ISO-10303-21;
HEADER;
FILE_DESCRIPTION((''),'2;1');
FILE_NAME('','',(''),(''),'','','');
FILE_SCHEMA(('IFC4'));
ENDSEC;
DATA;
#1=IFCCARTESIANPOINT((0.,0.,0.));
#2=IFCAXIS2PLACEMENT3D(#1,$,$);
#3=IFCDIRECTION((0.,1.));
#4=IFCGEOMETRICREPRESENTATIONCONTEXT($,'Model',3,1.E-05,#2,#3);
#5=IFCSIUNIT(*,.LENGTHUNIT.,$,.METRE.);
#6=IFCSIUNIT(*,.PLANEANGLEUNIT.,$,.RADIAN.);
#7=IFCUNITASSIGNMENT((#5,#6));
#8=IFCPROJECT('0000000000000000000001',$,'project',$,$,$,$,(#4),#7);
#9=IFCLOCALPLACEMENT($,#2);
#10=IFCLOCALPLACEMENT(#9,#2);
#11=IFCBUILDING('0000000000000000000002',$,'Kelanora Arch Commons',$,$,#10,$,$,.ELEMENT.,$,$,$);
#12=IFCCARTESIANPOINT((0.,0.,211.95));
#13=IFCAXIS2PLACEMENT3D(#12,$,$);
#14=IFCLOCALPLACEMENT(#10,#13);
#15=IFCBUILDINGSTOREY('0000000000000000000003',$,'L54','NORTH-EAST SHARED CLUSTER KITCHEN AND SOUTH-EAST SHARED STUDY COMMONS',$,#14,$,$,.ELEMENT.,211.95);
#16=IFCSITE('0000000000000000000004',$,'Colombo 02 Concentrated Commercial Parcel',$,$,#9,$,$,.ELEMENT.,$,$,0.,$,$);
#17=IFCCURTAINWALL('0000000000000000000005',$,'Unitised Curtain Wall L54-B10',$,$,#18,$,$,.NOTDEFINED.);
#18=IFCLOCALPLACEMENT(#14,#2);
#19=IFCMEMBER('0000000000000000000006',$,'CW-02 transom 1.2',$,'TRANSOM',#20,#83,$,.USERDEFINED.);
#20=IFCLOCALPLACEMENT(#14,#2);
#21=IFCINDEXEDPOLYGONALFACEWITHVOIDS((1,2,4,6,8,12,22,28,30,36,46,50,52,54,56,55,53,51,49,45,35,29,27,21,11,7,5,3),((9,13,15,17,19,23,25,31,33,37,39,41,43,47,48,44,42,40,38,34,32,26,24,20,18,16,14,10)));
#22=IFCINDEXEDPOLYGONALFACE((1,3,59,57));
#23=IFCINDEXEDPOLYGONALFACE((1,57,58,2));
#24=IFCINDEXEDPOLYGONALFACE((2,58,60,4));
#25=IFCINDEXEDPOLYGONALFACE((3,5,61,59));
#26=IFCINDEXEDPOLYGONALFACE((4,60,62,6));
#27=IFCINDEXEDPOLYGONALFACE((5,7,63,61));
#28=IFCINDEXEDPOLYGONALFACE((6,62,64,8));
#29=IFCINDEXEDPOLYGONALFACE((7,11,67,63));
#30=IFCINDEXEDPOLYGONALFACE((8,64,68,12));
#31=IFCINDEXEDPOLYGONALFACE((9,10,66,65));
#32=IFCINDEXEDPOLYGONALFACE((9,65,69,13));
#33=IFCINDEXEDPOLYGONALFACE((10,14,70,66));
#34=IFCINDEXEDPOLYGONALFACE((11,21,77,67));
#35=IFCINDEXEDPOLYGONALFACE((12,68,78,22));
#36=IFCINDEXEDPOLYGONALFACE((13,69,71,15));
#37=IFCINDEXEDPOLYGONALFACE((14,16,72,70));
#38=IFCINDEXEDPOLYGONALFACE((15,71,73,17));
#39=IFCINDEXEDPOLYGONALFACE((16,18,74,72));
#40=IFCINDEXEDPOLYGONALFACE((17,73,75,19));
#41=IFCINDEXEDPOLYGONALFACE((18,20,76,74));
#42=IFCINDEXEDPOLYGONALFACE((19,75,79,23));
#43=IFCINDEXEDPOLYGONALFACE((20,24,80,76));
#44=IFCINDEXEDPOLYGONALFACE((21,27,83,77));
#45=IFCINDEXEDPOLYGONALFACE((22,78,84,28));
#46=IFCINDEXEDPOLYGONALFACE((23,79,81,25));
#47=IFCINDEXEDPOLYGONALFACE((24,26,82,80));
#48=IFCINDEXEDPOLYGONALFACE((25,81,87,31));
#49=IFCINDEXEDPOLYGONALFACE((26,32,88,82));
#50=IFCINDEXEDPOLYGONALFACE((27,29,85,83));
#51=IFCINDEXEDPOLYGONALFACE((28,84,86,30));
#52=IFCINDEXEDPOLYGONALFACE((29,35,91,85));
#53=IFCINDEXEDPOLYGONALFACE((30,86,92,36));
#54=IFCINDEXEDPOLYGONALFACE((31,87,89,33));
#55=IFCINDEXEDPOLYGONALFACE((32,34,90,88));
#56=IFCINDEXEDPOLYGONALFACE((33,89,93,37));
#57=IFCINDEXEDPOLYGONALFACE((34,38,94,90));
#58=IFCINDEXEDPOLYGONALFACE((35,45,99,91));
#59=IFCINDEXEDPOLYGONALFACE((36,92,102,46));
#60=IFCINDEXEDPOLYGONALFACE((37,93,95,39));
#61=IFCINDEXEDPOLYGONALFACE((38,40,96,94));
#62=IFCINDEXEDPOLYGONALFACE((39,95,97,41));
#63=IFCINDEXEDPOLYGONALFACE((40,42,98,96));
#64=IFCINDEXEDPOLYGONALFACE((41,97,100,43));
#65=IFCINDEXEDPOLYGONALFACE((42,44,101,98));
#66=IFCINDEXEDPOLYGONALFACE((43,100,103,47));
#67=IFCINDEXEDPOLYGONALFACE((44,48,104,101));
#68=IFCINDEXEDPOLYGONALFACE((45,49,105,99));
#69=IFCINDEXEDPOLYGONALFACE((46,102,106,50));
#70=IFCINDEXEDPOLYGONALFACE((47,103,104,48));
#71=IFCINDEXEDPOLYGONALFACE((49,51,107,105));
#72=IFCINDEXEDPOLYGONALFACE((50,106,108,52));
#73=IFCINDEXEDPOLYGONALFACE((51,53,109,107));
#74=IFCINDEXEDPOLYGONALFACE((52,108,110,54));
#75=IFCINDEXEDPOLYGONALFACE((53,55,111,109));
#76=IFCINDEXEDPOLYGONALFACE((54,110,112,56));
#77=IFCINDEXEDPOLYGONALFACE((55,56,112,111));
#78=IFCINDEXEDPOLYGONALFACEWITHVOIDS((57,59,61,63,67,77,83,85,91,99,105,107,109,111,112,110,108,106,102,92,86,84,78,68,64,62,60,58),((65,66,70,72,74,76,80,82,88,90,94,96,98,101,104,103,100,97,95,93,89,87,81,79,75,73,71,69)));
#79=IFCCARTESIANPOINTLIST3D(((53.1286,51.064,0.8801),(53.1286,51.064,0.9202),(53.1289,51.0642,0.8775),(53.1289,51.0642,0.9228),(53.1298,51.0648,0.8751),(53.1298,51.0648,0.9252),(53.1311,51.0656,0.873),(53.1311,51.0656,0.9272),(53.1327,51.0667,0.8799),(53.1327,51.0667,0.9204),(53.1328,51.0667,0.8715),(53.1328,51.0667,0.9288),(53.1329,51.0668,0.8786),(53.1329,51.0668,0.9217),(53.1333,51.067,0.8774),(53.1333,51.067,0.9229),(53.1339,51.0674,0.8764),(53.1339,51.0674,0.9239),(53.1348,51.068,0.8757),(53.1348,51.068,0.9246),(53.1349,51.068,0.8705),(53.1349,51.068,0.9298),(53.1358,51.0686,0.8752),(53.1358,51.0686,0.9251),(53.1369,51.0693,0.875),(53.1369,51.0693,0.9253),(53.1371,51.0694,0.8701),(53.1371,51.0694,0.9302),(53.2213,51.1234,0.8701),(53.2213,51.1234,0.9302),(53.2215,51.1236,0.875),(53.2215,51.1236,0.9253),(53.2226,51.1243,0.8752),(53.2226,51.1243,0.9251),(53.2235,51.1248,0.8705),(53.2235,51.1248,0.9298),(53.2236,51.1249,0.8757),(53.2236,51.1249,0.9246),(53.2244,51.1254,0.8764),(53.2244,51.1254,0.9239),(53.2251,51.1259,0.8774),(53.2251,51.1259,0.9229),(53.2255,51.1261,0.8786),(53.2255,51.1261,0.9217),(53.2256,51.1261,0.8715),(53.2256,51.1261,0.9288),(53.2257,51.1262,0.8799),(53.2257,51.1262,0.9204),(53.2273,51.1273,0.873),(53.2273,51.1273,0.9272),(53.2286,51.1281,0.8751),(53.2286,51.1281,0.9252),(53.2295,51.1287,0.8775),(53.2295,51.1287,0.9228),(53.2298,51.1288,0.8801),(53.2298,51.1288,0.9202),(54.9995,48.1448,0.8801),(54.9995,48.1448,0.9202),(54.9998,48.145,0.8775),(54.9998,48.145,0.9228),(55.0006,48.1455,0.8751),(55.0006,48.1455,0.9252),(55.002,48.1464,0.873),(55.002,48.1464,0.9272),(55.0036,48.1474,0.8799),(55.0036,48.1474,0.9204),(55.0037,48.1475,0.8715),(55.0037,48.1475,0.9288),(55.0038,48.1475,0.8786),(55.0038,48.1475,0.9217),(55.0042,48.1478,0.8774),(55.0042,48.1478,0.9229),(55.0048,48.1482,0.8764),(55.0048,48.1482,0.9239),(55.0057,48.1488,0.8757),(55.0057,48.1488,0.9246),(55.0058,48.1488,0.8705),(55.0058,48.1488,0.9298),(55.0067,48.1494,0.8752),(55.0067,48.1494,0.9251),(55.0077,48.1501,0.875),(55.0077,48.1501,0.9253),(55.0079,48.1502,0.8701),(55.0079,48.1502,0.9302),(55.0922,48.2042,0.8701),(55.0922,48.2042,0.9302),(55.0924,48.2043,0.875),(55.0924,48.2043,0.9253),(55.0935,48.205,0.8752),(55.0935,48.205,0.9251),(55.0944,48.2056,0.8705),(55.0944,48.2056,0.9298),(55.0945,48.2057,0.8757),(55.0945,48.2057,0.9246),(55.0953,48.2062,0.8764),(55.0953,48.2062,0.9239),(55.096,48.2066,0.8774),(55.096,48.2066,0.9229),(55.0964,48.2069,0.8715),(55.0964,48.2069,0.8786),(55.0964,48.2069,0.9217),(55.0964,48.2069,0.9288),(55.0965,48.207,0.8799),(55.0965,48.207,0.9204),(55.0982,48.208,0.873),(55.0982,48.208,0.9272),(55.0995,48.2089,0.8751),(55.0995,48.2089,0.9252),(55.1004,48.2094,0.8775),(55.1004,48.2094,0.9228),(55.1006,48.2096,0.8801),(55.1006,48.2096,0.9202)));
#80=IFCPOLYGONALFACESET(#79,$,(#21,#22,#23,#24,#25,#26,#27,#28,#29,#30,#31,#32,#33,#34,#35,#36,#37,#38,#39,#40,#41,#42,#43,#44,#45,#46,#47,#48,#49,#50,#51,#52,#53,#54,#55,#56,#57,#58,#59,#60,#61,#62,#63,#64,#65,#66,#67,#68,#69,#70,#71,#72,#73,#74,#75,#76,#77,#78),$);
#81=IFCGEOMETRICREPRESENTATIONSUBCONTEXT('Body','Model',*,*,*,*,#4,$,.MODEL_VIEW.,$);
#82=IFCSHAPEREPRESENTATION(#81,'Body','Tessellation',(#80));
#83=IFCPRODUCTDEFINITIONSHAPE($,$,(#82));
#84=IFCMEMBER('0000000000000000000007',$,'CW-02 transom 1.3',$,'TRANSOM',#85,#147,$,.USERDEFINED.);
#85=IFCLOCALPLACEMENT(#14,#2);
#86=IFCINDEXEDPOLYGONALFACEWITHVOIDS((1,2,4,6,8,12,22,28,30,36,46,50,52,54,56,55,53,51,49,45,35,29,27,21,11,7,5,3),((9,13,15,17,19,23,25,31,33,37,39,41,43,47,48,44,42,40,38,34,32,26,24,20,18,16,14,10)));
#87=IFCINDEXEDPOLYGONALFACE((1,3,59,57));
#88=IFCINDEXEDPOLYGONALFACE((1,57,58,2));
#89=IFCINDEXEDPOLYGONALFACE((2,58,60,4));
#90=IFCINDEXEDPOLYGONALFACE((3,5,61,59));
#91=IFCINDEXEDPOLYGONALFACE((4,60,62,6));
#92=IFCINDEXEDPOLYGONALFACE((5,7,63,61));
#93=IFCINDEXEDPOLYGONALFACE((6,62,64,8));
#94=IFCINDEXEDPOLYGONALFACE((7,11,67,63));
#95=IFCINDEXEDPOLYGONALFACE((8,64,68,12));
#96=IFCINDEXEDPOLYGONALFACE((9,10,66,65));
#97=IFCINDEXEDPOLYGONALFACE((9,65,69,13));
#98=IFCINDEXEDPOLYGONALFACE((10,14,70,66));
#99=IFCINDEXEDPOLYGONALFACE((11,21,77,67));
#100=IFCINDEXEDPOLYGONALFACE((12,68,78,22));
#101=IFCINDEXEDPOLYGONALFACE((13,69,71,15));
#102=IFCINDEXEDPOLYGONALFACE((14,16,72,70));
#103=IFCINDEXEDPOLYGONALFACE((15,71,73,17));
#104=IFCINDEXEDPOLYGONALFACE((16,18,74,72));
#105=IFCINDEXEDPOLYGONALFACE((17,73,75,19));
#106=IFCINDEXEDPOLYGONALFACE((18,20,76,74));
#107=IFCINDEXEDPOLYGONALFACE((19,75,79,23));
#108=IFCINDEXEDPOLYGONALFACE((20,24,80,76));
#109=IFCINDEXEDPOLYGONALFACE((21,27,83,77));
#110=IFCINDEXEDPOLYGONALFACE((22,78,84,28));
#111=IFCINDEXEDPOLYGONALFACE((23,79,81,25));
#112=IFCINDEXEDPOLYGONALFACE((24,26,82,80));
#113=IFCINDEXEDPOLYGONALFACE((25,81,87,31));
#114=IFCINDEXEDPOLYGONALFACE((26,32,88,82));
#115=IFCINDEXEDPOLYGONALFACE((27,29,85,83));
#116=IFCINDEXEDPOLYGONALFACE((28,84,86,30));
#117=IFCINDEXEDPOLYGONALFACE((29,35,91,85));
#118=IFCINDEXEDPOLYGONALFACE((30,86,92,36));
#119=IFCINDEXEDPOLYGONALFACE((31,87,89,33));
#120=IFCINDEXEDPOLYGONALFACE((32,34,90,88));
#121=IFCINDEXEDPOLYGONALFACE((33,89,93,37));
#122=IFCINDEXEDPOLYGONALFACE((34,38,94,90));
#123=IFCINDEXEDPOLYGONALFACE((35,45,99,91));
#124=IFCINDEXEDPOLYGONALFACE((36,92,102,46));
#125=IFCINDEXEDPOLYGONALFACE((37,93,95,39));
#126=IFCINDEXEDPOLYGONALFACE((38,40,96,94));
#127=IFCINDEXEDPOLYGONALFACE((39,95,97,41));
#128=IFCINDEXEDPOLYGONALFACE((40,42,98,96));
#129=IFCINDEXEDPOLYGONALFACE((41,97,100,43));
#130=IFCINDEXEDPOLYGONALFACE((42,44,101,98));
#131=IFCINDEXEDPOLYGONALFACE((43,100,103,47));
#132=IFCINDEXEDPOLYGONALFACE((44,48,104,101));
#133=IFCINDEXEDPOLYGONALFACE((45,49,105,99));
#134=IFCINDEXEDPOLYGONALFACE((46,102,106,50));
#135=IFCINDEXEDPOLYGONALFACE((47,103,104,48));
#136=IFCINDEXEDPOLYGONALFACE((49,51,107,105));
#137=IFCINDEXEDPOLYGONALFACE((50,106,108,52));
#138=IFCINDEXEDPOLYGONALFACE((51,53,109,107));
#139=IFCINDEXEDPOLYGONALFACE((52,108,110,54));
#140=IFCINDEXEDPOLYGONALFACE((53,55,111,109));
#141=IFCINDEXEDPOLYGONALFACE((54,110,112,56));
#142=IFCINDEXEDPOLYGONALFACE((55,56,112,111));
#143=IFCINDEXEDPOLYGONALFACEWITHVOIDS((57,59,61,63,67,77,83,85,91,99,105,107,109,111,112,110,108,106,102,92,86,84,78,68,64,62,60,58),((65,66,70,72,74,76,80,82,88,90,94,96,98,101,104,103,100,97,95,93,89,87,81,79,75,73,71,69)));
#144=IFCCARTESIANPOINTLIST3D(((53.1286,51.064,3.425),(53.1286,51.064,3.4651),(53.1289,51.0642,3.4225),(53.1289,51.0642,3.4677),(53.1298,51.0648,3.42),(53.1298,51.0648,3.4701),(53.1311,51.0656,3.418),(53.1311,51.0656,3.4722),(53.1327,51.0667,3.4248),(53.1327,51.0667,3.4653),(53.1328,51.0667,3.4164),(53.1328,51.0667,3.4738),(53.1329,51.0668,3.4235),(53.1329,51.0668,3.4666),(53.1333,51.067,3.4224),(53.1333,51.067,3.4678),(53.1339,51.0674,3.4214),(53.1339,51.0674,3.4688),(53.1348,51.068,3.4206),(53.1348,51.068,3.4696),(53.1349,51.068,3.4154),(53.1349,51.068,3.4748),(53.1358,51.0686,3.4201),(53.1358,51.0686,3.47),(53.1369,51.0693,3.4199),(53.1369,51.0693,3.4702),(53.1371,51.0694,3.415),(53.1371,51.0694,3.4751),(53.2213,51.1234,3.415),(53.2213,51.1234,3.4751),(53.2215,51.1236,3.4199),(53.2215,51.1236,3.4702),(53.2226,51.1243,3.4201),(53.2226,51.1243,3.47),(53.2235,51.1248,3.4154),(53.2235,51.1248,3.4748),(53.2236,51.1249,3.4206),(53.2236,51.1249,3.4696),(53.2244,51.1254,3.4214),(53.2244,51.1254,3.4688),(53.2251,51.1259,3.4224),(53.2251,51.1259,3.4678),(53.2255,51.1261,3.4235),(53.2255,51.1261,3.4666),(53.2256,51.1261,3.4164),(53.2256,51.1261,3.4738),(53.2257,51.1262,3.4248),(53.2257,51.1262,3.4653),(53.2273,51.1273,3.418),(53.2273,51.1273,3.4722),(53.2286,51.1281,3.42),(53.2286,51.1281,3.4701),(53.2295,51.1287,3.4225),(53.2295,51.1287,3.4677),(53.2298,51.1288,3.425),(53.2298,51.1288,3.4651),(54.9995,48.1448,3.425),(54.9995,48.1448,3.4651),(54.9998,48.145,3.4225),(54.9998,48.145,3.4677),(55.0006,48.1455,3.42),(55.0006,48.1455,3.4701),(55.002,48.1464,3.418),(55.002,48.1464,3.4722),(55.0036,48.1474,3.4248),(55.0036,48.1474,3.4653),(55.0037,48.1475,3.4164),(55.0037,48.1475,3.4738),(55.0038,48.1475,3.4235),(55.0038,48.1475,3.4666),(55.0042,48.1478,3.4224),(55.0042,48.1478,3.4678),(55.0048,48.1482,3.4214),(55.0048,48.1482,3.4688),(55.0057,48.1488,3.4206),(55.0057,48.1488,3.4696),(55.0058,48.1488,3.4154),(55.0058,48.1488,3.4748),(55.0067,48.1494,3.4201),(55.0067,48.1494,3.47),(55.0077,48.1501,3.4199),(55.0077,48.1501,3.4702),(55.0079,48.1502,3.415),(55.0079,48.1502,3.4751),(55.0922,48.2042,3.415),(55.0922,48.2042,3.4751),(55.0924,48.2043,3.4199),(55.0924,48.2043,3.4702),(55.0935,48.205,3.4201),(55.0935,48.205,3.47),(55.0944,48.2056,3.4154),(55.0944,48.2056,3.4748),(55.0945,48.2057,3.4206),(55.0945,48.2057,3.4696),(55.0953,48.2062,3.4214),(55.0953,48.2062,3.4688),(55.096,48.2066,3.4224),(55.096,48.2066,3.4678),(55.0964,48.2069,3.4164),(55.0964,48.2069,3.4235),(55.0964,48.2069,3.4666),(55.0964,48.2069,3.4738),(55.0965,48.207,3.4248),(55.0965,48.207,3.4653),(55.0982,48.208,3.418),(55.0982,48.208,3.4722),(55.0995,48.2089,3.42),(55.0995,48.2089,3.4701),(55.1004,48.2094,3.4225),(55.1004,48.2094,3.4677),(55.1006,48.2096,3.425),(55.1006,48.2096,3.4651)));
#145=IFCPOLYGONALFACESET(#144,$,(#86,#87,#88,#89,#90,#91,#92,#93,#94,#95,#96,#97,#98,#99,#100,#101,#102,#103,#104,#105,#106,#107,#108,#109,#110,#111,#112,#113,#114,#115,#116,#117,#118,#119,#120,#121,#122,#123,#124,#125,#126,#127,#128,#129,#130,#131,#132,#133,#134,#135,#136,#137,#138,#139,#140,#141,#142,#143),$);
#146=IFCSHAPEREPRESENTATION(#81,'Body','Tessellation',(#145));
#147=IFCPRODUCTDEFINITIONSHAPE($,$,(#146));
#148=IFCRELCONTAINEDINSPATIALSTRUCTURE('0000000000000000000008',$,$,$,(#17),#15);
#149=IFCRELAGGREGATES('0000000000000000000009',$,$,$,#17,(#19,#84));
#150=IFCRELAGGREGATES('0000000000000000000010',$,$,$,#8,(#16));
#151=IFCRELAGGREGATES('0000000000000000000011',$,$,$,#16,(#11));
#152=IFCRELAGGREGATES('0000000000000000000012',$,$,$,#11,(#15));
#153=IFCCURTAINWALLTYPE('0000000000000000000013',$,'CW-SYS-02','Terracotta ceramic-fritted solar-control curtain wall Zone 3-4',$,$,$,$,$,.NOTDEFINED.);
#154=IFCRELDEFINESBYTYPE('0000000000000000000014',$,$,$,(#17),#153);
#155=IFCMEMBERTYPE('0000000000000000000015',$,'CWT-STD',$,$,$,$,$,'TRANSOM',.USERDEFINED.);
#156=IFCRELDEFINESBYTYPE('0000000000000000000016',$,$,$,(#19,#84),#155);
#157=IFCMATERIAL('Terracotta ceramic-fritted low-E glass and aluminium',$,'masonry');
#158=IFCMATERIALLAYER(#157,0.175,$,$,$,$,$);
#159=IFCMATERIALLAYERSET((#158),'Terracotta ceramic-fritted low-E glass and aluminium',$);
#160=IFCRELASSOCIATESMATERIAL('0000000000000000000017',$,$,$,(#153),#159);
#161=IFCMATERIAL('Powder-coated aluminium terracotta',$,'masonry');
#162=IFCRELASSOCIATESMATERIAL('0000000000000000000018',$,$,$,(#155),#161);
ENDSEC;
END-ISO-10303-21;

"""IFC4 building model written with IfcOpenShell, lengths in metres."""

from ifc_helpers import new_model, si_unit, direction, frame, origin, origin_2d, place, context, subcontext, project, spatial, hollow_rectangle, extrude, material, layer, layer_set, material_profile, profile_set, type_object, element, aggregate, save


model = new_model("IFC4")

# Units and contexts
model_context = context("Model", 3, precision=1e-05, world=origin(), true_north=direction((0.0, 1.0)))
body_context = subcontext(model_context, "Body", "Model", "MODEL_VIEW")
ifc_project = project(units=[si_unit("LENGTHUNIT", "METRE"), si_unit("PLANEANGLEUNIT", "RADIAN")], contexts=[model_context])

# Site, building, storey
site_placement = place(None, origin())
site = spatial("IfcSite", under=ifc_project, at=site_placement, Name="Colombo 02 Concentrated Commercial Parcel", CompositionType="ELEMENT", RefElevation=0.0)
building_placement = place(site_placement, origin())
building = spatial("IfcBuilding", under=site, at=building_placement, Name="Kelanora Arch Commons", CompositionType="ELEMENT")
storey_placement = place(building_placement, frame((0.0, 0.0, 211.95)))
storey = spatial("IfcBuildingStorey", under=building, at=storey_placement, Name="L54", Description="NORTH-EAST SHARED CLUSTER KITCHEN AND SOUTH-EAST SHARED STUDY COMMONS", CompositionType="ELEMENT", Elevation=211.95)

# Shared definitions
ifc_material_1 = material(Name="Terracotta ceramic-fritted low-E glass and aluminium", Category="masonry")
ifc_layer_1 = layer(ifc_material_1, 0.175)
ifc_layer_set_1 = layer_set([ifc_layer_1], Name="Terracotta ceramic-fritted low-E glass and aluminium")
curtain_wall_type = type_object("IfcCurtainWallType", Name="CW-SYS-02", Description="Terracotta ceramic-fritted solar-control curtain wall Zone 3-4", PredefinedType="NOTDEFINED", material=ifc_layer_set_1)
ifc_material_2 = material(Name="Powder-coated aluminium terracotta", Category="masonry")

# Curtain wall, members
curtain_wall_1_placement = place(storey_placement, origin())
curtain_wall_1 = element("IfcCurtainWall", 1, at=curtain_wall_1_placement, inside=storey, type_object=curtain_wall_type, Name="Unitised Curtain Wall L54-B10", PredefinedType="NOTDEFINED")
ifc_material_profile_1 = material_profile(ifc_material_2, hollow_rectangle(XDim=0.1201, YDim=0.0601, WallThickness=0.0049, InnerFilletRadius=0.0049, OuterFilletRadius=0.01, at=origin_2d()), Name="CWT120x60")
ifc_profile_set_1 = profile_set([ifc_material_profile_1], Name="Powder-coated aluminium terracotta")
member_type_1 = type_object("IfcMemberType", Name="CWT-STD", ElementType="TRANSOM", PredefinedType="USERDEFINED", material=ifc_profile_set_1)
member_1_placement = place(storey_placement, frame((53.1792, 51.0964, 0.9001), z_axis=(0.539579, -0.841935, 0.0), x_axis=(0.841935, 0.539579, 0.0)))
member_1 = element("IfcMember", 2, at=member_1_placement, type_object=member_type_1, Name="CW-02 transom 1.2", ObjectType="TRANSOM", PredefinedType="USERDEFINED", context=body_context, shape_type="SweptSolid", body=[
    extrude(hollow_rectangle(XDim=0.1201, YDim=0.0601, WallThickness=0.0049, InnerFilletRadius=0.0049, OuterFilletRadius=0.01, at=origin_2d()), origin(), (0.0, 0.0, 1.0), 3.4673),
])
member_2_placement = place(storey_placement, frame((53.1792, 51.0964, 3.4451), z_axis=(0.539579, -0.841935, 0.0), x_axis=(0.841935, 0.539579, 0.0)))
member_2 = element("IfcMember", 3, at=member_2_placement, type_object=member_type_1, Name="CW-02 transom 1.3", ObjectType="TRANSOM", PredefinedType="USERDEFINED", context=body_context, shape_type="SweptSolid", body=[
    extrude(hollow_rectangle(XDim=0.1201, YDim=0.0601, WallThickness=0.0049, InnerFilletRadius=0.0049, OuterFilletRadius=0.01, at=origin_2d()), origin(), (0.0, 0.0, 1.0), 3.4673),
])

aggregate(curtain_wall_1, [member_1, member_2])

save(model, "model.ifc")
